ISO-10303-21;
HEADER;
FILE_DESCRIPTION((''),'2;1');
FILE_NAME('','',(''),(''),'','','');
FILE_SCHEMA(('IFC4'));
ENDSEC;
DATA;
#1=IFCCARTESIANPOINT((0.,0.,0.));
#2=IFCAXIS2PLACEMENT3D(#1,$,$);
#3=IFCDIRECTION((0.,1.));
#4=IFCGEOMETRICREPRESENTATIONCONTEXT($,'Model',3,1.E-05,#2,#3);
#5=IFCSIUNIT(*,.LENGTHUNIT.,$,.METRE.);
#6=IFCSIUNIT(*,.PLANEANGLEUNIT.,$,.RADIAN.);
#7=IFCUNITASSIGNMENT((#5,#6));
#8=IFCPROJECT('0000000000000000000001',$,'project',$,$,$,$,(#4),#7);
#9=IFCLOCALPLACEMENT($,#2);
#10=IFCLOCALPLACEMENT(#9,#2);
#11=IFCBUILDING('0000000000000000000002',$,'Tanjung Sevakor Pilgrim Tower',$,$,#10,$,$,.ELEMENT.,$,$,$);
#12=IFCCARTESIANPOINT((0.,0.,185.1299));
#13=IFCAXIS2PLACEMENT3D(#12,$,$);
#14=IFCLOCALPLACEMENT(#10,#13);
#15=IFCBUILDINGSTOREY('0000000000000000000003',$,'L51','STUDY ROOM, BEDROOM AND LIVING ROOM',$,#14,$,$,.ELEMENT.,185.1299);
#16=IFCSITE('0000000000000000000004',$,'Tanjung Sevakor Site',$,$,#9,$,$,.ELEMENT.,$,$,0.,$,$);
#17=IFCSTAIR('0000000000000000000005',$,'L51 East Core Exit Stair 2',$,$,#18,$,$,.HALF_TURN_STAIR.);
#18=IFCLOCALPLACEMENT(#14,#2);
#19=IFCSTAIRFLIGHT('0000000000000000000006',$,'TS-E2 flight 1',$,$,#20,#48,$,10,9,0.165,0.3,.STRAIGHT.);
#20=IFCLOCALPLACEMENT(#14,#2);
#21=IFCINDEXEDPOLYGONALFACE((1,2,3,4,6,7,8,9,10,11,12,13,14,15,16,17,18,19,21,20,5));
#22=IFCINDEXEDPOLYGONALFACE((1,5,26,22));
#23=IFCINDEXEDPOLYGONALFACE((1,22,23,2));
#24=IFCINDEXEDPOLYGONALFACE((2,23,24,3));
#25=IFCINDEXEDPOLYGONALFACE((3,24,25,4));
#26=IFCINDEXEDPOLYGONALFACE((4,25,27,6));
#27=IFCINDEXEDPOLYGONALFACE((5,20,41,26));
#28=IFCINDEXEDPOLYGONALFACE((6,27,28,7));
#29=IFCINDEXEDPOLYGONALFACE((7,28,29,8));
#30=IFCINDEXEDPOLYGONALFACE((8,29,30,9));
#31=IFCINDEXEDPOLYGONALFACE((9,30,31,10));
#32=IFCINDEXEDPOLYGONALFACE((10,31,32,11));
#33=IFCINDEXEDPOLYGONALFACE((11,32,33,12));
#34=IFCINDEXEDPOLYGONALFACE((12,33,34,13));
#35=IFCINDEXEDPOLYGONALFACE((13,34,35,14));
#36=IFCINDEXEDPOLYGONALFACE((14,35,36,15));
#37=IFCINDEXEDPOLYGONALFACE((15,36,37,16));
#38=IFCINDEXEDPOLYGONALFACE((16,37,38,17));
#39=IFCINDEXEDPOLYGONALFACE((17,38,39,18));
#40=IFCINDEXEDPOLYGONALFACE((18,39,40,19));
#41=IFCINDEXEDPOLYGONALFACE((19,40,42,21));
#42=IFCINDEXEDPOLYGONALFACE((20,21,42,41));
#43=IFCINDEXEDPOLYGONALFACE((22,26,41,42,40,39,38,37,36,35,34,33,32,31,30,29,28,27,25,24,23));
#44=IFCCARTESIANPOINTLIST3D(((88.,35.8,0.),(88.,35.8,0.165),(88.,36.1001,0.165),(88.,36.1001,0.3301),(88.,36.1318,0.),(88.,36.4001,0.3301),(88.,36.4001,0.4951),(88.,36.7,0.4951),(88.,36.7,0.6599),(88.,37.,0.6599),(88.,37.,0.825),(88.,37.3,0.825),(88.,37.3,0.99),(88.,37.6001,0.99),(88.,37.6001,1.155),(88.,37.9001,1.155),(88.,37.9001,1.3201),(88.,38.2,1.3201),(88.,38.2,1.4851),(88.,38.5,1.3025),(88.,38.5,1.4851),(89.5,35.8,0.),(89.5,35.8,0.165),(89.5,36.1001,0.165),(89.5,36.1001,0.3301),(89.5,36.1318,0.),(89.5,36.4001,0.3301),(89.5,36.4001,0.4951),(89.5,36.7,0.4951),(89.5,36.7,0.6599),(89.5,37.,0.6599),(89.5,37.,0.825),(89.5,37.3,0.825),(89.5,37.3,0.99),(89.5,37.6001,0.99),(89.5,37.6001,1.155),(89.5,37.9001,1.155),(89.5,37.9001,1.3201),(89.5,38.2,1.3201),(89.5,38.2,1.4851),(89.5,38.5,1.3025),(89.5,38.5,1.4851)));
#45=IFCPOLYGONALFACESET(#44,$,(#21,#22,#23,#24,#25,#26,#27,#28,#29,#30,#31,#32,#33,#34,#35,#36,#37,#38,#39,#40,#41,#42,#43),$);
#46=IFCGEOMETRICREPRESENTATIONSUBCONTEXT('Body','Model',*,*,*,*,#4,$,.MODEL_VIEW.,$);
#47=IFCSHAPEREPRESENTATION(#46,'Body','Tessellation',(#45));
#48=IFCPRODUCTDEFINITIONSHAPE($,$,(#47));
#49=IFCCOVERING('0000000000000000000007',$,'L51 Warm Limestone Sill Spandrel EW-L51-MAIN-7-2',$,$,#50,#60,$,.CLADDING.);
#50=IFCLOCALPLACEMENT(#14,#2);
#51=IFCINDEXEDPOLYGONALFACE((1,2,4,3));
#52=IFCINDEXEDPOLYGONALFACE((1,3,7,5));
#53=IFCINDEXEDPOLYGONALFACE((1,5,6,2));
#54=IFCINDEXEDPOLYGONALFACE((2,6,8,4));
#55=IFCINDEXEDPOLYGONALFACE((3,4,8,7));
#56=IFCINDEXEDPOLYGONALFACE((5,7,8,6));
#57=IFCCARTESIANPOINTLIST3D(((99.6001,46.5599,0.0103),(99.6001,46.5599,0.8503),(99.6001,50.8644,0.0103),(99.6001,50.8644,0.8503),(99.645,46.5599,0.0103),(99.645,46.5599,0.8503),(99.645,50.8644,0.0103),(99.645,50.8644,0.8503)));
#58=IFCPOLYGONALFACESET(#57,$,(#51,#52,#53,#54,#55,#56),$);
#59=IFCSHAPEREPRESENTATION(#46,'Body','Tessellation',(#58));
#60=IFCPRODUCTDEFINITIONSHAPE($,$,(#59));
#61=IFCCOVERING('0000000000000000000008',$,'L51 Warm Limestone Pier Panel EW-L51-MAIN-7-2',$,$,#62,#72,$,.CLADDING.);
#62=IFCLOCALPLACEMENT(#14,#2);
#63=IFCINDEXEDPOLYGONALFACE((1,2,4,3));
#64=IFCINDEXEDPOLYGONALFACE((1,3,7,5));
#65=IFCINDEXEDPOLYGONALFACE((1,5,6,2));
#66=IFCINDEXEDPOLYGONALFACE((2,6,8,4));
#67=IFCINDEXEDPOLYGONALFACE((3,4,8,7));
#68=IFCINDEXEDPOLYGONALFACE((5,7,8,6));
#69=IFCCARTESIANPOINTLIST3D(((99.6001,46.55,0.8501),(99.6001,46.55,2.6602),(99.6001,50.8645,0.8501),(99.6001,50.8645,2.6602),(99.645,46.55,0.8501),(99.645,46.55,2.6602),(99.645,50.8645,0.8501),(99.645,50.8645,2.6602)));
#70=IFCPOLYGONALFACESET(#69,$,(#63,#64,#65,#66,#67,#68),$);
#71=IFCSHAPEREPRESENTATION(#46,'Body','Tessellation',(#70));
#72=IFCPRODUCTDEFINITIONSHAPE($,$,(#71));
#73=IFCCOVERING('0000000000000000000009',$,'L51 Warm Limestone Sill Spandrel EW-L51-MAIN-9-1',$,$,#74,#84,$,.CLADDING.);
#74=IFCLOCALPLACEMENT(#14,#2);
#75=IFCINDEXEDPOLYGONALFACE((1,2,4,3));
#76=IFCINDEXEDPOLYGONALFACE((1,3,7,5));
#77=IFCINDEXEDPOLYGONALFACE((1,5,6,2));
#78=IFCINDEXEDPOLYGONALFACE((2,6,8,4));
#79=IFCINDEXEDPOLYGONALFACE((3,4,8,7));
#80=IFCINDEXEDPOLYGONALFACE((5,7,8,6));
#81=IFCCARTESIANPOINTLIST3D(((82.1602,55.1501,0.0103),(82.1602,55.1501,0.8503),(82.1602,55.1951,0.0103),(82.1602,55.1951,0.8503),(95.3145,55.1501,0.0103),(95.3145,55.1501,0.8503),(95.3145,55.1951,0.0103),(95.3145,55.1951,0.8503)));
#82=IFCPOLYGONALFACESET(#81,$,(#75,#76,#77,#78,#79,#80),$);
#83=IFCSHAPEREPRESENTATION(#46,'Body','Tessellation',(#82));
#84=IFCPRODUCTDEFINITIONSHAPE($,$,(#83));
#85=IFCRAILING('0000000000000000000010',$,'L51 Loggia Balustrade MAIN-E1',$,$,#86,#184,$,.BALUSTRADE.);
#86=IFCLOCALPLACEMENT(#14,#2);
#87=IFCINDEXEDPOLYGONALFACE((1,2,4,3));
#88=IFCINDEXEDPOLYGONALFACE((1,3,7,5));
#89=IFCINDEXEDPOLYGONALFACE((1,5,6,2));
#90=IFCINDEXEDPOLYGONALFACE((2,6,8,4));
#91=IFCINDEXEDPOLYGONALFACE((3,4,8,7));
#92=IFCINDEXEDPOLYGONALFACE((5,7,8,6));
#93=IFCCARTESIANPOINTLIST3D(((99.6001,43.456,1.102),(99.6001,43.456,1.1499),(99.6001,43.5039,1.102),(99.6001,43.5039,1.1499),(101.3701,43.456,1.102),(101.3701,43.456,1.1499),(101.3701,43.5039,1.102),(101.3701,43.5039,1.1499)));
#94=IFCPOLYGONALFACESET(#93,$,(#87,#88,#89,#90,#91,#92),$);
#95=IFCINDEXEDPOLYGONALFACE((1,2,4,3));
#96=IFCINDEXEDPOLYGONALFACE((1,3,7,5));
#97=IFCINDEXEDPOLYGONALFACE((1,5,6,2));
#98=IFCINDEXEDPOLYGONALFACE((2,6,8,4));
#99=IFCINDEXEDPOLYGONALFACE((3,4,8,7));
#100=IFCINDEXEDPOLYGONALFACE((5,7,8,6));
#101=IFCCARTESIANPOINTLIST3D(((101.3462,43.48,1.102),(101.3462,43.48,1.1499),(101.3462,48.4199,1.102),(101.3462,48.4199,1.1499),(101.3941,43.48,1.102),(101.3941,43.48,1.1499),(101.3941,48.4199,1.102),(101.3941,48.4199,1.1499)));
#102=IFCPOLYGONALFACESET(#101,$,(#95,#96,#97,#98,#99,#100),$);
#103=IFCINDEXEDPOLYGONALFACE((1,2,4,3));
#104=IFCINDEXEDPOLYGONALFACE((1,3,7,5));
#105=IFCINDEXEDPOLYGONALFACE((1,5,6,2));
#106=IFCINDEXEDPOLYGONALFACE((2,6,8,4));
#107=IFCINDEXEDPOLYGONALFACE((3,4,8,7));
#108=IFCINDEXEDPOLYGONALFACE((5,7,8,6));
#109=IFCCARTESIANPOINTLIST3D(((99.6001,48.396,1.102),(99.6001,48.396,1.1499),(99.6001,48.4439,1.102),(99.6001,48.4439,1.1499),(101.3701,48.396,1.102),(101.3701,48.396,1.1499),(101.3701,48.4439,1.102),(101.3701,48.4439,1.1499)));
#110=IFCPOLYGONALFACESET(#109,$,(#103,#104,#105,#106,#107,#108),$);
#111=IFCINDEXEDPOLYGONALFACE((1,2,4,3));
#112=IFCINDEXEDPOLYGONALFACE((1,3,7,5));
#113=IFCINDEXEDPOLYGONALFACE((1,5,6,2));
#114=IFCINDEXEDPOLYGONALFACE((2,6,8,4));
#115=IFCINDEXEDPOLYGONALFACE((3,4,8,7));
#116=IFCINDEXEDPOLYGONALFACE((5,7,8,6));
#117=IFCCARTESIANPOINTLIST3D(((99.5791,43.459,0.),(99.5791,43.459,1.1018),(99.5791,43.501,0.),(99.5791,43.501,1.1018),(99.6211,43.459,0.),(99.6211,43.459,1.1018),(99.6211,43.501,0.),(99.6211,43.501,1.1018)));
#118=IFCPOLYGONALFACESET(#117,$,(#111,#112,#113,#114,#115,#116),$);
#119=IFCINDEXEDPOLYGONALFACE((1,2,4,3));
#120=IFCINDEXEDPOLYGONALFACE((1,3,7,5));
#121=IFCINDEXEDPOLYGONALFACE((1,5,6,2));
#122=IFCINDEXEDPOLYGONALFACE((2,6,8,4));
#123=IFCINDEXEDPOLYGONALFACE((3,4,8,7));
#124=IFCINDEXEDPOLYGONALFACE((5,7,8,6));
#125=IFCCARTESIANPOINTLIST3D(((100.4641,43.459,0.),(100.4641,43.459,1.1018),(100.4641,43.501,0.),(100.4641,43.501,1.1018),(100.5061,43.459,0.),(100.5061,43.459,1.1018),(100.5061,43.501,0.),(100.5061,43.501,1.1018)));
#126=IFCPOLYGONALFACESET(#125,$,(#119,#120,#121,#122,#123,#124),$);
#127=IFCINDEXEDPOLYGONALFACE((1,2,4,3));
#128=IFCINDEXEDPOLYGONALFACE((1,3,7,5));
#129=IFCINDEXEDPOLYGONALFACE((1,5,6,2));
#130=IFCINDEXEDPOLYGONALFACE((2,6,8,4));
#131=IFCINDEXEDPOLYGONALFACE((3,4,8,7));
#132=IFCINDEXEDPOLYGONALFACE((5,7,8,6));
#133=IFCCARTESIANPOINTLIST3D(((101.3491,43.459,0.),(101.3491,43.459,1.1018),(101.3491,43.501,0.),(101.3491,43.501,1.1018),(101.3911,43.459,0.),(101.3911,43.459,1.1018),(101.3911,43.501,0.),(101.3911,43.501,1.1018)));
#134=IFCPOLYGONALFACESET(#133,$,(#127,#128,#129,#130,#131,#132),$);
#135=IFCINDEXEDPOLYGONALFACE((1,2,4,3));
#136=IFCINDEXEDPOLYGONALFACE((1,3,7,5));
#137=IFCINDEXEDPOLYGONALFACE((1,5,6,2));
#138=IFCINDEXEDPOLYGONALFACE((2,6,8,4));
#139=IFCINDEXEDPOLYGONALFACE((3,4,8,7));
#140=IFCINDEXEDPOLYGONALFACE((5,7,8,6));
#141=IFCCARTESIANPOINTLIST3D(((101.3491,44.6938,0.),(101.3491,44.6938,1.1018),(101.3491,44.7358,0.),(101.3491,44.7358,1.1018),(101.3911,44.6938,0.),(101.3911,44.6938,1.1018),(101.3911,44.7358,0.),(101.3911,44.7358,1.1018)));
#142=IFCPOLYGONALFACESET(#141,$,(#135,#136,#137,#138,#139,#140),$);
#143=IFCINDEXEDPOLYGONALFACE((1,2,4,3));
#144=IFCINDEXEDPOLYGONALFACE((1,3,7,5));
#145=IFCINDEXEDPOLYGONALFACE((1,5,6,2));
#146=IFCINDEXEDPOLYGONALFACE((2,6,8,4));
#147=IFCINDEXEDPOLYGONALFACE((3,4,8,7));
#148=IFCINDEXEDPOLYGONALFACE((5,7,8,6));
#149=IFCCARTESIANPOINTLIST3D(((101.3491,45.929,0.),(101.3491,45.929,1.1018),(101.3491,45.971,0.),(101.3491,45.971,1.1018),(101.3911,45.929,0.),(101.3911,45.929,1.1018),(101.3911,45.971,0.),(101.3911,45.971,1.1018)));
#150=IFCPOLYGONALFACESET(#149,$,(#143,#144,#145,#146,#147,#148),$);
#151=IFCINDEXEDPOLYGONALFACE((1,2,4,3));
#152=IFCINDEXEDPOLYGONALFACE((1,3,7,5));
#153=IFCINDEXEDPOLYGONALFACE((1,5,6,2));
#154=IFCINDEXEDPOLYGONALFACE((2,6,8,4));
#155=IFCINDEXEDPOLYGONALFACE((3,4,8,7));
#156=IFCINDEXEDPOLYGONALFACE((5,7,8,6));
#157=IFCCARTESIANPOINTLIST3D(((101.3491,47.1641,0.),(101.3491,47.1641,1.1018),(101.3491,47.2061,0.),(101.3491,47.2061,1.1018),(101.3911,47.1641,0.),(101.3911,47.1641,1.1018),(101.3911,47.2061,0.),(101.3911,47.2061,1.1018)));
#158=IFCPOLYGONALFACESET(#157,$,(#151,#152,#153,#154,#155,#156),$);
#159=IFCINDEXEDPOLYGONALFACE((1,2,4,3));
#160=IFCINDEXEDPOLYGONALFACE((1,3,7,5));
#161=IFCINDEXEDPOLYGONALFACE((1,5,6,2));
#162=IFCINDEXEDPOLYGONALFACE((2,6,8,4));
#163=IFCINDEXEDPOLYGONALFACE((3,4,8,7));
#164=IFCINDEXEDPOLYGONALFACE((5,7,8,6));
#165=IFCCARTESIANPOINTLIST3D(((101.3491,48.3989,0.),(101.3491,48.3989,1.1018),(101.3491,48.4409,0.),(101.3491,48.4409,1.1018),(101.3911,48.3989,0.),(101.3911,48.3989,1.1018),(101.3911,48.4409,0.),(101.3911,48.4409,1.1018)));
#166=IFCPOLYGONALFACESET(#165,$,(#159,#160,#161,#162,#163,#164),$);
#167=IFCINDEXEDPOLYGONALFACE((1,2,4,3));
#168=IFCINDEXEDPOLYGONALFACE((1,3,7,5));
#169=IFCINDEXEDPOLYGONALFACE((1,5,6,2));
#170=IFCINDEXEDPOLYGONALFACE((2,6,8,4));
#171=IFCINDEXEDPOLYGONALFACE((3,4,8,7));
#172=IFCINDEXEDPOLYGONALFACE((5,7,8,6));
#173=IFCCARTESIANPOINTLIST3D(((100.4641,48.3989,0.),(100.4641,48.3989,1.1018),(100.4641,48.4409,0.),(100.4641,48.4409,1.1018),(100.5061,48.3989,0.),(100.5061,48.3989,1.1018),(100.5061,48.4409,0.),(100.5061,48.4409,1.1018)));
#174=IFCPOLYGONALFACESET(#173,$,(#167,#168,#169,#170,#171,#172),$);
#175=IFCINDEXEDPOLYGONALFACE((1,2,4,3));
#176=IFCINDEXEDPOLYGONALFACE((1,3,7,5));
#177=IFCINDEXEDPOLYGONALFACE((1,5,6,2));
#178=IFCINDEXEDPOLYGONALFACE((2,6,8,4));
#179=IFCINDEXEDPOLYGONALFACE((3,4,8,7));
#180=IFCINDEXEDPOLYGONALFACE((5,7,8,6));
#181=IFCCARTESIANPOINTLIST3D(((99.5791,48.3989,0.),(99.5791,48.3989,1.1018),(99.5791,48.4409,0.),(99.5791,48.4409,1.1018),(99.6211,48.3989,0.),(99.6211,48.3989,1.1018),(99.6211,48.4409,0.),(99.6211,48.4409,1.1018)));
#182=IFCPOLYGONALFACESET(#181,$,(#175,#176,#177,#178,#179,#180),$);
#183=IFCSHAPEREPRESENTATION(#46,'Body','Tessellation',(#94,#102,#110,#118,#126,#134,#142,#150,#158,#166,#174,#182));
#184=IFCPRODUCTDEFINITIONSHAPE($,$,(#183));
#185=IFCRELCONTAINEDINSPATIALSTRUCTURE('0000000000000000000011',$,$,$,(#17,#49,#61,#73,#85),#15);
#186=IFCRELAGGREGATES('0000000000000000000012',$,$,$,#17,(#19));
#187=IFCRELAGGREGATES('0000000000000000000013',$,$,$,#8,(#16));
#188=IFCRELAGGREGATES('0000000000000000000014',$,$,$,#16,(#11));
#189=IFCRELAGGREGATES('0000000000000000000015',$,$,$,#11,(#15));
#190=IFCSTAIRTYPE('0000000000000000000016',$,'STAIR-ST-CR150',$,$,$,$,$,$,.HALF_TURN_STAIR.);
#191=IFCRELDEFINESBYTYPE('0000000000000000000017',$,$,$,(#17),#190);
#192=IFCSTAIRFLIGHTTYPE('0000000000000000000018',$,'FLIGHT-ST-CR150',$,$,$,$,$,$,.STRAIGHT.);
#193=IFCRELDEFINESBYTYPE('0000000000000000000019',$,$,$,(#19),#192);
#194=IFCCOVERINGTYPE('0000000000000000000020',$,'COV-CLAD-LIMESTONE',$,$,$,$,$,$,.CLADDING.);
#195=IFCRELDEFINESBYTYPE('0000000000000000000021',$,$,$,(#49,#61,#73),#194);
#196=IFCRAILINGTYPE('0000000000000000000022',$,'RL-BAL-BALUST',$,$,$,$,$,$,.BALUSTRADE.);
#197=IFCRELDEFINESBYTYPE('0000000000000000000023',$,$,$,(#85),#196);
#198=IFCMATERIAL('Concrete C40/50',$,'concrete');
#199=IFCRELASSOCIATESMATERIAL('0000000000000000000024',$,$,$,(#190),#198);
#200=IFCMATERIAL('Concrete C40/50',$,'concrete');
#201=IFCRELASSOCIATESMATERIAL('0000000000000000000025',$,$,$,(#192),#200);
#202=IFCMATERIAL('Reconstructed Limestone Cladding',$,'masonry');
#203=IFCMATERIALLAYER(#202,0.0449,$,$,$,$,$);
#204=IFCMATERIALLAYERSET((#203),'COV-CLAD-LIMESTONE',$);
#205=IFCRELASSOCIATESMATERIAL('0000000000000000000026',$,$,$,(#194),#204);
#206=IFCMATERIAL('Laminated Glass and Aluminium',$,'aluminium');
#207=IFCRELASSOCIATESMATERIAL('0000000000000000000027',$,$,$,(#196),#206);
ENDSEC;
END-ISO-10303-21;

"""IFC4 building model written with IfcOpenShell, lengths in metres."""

from ifc_helpers import new_model, si_unit, direction, frame, origin, origin_2d, place, context, subcontext, project, spatial, polyline, rectangle, outline, extrude, material, layer, layer_set, type_object, element, aggregate, save


model = new_model("IFC4")

# Units and contexts
model_context = context("Model", 3, precision=1e-05, world=origin(), true_north=direction((0.0, 1.0)))
body_context = subcontext(model_context, "Body", "Model", "MODEL_VIEW")
ifc_project = project(units=[si_unit("LENGTHUNIT", "METRE"), si_unit("PLANEANGLEUNIT", "RADIAN")], contexts=[model_context])

# Site, building, storey
site_placement = place(None, origin())
site = spatial("IfcSite", under=ifc_project, at=site_placement, Name="Tanjung Sevakor Site", CompositionType="ELEMENT", RefElevation=0.0)
building_placement = place(site_placement, origin())
building = spatial("IfcBuilding", under=site, at=building_placement, Name="Tanjung Sevakor Pilgrim Tower", CompositionType="ELEMENT")
storey_placement = place(building_placement, frame((0.0, 0.0, 185.1299)))
storey = spatial("IfcBuildingStorey", under=building, at=storey_placement, Name="L51", Description="STUDY ROOM, BEDROOM AND LIVING ROOM", CompositionType="ELEMENT", Elevation=185.1299)

# Stair, stair flight
ifc_material_1 = material(Name="Concrete C40/50", Category="concrete")
stair_type = type_object("IfcStairType", Name="STAIR-ST-CR150", PredefinedType="HALF_TURN_STAIR", material=ifc_material_1)
stair_placement = place(storey_placement, origin())
stair = element("IfcStair", 1, at=stair_placement, inside=storey, type_object=stair_type, Name="L51 East Core Exit Stair 2", PredefinedType="HALF_TURN_STAIR")
ifc_material_2 = material(Name="Concrete C40/50", Category="concrete")
stair_flight_type = type_object("IfcStairFlightType", Name="FLIGHT-ST-CR150", PredefinedType="STRAIGHT", material=ifc_material_2)
stair_flight_placement = place(storey_placement, frame((88.75, 35.8, 0.0), z_axis=(0.0, 0.0, 1.0), x_axis=(0.0, 1.0, 0.0)))
stair_flight = element("IfcStairFlight", 2, at=stair_flight_placement, type_object=stair_flight_type, Name="TS-E2 flight 1", NumberOfRisers=10, NumberOfTreads=9, PredefinedType="STRAIGHT", RiserHeight=0.165, TreadLength=0.3, context=body_context, shape_type="SweptSolid", body=[
    extrude(outline(polyline([(0.0, 0.0), (0.0, 0.165), (0.3, 0.165), (0.3, 0.3301), (0.6001, 0.3301), (0.6001, 0.4951), (0.8999, 0.4951), (0.8999, 0.6599), (1.2, 0.6599), (1.2, 0.825), (1.5, 0.825), (1.5, 0.99), (1.8, 0.99), (1.8, 1.155), (2.1001, 1.155), (2.1001, 1.3201), (2.3999, 1.3201), (2.3999, 1.4851), (2.7, 1.4851), (2.7, 1.6499), (2.7, 1.3025), (0.3318, 0.0), (0.0, 0.0)])), frame((0.0, 0.75, 0.0), z_axis=(0.0, -1.0, 0.0), x_axis=(1.0, 0.0, 0.0)), (0.0, 0.0, 1.0), 1.5),
])
aggregate(stair, [stair_flight])

# Coverings
ifc_material_3 = material(Name="Reconstructed Limestone Cladding", Category="masonry")
ifc_layer_1 = layer(ifc_material_3, 0.0449)
ifc_layer_set_1 = layer_set([ifc_layer_1], Name="COV-CLAD-LIMESTONE")
covering_type = type_object("IfcCoveringType", Name="COV-CLAD-LIMESTONE", PredefinedType="CLADDING", material=ifc_layer_set_1)
covering_1_placement = place(storey_placement, frame((99.6226, 48.7122, 0.0103), z_axis=(0.0, 0.0, 1.0), x_axis=(0.0, 1.0, 0.0)))
element("IfcCovering", 3, at=covering_1_placement, inside=storey, type_object=covering_type, Name="L51 Warm Limestone Sill Spandrel EW-L51-MAIN-7-2", PredefinedType="CLADDING", context=body_context, shape_type="SweptSolid", body=[
    extrude(rectangle(XDim=4.3044, YDim=0.0449, at=origin_2d()), origin(), (0.0, 0.0, 1.0), 0.8401),
])
covering_2_placement = place(storey_placement, frame((99.6226, 48.7073, 0.8501), z_axis=(0.0, 0.0, 1.0), x_axis=(0.0, 1.0, 0.0)))
element("IfcCovering", 4, at=covering_2_placement, inside=storey, type_object=covering_type, Name="L51 Warm Limestone Pier Panel EW-L51-MAIN-7-2", PredefinedType="CLADDING", context=body_context, shape_type="SweptSolid", body=[
    extrude(rectangle(XDim=4.3145, YDim=0.0449, at=origin_2d()), origin(), (0.0, 0.0, 1.0), 1.8101),
])
covering_3_placement = place(storey_placement, frame((88.7373, 55.1726, 0.0103), z_axis=(0.0, 0.0, 1.0), x_axis=(-1.0, 0.0, 0.0)))
element("IfcCovering", 5, at=covering_3_placement, inside=storey, type_object=covering_type, Name="L51 Warm Limestone Sill Spandrel EW-L51-MAIN-9-1", PredefinedType="CLADDING", context=body_context, shape_type="SweptSolid", body=[
    extrude(rectangle(XDim=13.1543, YDim=0.0449, at=origin_2d()), origin(), (0.0, 0.0, 1.0), 0.8401),
])

# Railing
ifc_material_4 = material(Name="Laminated Glass and Aluminium", Category="aluminium")
railing_type_1 = type_object("IfcRailingType", Name="RL-BAL-BALUST", PredefinedType="BALUSTRADE", material=ifc_material_4)
railing_1_placement = place(storey_placement, frame((99.6001, 43.48, 0.0)))
element("IfcRailing", 6, at=railing_1_placement, inside=storey, type_object=railing_type_1, Name="L51 Loggia Balustrade MAIN-E1", PredefinedType="BALUSTRADE", context=body_context, shape_type="SweptSolid", body=[
    extrude(rectangle(XDim=0.0479, YDim=0.0479), frame((0.0, 0.0, 1.126), z_axis=(1.0, 0.0, 0.0), x_axis=(0.0, 1.0, 0.0)), (0.0, 0.0, 1.0), 1.77),
    extrude(rectangle(XDim=0.0479, YDim=0.0479), frame((1.77, 0.0, 1.126), z_axis=(0.0, 1.0, 0.0), x_axis=(-1.0, 0.0, 0.0)), (0.0, 0.0, 1.0), 4.9399),
    extrude(rectangle(XDim=0.0479, YDim=0.0479), frame((1.77, 4.9399, 1.126), z_axis=(-1.0, 0.0, 0.0), x_axis=(0.0, -1.0, 0.0)), (0.0, 0.0, 1.0), 1.77),
    extrude(rectangle(XDim=0.042, YDim=0.042), origin(), (0.0, 0.0, 1.0), 1.1018),
    extrude(rectangle(XDim=0.042, YDim=0.042), frame((0.885, 0.0, 0.0)), (0.0, 0.0, 1.0), 1.1018),
    extrude(rectangle(XDim=0.042, YDim=0.042), frame((1.77, 0.0, 0.0)), (0.0, 0.0, 1.0), 1.1018),
    extrude(rectangle(XDim=0.042, YDim=0.042), frame((1.77, 1.2349, 0.0)), (0.0, 0.0, 1.0), 1.1018),
    extrude(rectangle(XDim=0.042, YDim=0.042), frame((1.77, 2.47, 0.0)), (0.0, 0.0, 1.0), 1.1018),
    extrude(rectangle(XDim=0.042, YDim=0.042), frame((1.77, 3.7051, 0.0)), (0.0, 0.0, 1.0), 1.1018),
    extrude(rectangle(XDim=0.042, YDim=0.042), frame((1.77, 4.9399, 0.0)), (0.0, 0.0, 1.0), 1.1018),
    extrude(rectangle(XDim=0.042, YDim=0.042), frame((0.885, 4.9399, 0.0)), (0.0, 0.0, 1.0), 1.1018),
    extrude(rectangle(XDim=0.042, YDim=0.042), frame((0.0, 4.9399, 0.0)), (0.0, 0.0, 1.0), 1.1018),
])

save(model, "model.ifc")
